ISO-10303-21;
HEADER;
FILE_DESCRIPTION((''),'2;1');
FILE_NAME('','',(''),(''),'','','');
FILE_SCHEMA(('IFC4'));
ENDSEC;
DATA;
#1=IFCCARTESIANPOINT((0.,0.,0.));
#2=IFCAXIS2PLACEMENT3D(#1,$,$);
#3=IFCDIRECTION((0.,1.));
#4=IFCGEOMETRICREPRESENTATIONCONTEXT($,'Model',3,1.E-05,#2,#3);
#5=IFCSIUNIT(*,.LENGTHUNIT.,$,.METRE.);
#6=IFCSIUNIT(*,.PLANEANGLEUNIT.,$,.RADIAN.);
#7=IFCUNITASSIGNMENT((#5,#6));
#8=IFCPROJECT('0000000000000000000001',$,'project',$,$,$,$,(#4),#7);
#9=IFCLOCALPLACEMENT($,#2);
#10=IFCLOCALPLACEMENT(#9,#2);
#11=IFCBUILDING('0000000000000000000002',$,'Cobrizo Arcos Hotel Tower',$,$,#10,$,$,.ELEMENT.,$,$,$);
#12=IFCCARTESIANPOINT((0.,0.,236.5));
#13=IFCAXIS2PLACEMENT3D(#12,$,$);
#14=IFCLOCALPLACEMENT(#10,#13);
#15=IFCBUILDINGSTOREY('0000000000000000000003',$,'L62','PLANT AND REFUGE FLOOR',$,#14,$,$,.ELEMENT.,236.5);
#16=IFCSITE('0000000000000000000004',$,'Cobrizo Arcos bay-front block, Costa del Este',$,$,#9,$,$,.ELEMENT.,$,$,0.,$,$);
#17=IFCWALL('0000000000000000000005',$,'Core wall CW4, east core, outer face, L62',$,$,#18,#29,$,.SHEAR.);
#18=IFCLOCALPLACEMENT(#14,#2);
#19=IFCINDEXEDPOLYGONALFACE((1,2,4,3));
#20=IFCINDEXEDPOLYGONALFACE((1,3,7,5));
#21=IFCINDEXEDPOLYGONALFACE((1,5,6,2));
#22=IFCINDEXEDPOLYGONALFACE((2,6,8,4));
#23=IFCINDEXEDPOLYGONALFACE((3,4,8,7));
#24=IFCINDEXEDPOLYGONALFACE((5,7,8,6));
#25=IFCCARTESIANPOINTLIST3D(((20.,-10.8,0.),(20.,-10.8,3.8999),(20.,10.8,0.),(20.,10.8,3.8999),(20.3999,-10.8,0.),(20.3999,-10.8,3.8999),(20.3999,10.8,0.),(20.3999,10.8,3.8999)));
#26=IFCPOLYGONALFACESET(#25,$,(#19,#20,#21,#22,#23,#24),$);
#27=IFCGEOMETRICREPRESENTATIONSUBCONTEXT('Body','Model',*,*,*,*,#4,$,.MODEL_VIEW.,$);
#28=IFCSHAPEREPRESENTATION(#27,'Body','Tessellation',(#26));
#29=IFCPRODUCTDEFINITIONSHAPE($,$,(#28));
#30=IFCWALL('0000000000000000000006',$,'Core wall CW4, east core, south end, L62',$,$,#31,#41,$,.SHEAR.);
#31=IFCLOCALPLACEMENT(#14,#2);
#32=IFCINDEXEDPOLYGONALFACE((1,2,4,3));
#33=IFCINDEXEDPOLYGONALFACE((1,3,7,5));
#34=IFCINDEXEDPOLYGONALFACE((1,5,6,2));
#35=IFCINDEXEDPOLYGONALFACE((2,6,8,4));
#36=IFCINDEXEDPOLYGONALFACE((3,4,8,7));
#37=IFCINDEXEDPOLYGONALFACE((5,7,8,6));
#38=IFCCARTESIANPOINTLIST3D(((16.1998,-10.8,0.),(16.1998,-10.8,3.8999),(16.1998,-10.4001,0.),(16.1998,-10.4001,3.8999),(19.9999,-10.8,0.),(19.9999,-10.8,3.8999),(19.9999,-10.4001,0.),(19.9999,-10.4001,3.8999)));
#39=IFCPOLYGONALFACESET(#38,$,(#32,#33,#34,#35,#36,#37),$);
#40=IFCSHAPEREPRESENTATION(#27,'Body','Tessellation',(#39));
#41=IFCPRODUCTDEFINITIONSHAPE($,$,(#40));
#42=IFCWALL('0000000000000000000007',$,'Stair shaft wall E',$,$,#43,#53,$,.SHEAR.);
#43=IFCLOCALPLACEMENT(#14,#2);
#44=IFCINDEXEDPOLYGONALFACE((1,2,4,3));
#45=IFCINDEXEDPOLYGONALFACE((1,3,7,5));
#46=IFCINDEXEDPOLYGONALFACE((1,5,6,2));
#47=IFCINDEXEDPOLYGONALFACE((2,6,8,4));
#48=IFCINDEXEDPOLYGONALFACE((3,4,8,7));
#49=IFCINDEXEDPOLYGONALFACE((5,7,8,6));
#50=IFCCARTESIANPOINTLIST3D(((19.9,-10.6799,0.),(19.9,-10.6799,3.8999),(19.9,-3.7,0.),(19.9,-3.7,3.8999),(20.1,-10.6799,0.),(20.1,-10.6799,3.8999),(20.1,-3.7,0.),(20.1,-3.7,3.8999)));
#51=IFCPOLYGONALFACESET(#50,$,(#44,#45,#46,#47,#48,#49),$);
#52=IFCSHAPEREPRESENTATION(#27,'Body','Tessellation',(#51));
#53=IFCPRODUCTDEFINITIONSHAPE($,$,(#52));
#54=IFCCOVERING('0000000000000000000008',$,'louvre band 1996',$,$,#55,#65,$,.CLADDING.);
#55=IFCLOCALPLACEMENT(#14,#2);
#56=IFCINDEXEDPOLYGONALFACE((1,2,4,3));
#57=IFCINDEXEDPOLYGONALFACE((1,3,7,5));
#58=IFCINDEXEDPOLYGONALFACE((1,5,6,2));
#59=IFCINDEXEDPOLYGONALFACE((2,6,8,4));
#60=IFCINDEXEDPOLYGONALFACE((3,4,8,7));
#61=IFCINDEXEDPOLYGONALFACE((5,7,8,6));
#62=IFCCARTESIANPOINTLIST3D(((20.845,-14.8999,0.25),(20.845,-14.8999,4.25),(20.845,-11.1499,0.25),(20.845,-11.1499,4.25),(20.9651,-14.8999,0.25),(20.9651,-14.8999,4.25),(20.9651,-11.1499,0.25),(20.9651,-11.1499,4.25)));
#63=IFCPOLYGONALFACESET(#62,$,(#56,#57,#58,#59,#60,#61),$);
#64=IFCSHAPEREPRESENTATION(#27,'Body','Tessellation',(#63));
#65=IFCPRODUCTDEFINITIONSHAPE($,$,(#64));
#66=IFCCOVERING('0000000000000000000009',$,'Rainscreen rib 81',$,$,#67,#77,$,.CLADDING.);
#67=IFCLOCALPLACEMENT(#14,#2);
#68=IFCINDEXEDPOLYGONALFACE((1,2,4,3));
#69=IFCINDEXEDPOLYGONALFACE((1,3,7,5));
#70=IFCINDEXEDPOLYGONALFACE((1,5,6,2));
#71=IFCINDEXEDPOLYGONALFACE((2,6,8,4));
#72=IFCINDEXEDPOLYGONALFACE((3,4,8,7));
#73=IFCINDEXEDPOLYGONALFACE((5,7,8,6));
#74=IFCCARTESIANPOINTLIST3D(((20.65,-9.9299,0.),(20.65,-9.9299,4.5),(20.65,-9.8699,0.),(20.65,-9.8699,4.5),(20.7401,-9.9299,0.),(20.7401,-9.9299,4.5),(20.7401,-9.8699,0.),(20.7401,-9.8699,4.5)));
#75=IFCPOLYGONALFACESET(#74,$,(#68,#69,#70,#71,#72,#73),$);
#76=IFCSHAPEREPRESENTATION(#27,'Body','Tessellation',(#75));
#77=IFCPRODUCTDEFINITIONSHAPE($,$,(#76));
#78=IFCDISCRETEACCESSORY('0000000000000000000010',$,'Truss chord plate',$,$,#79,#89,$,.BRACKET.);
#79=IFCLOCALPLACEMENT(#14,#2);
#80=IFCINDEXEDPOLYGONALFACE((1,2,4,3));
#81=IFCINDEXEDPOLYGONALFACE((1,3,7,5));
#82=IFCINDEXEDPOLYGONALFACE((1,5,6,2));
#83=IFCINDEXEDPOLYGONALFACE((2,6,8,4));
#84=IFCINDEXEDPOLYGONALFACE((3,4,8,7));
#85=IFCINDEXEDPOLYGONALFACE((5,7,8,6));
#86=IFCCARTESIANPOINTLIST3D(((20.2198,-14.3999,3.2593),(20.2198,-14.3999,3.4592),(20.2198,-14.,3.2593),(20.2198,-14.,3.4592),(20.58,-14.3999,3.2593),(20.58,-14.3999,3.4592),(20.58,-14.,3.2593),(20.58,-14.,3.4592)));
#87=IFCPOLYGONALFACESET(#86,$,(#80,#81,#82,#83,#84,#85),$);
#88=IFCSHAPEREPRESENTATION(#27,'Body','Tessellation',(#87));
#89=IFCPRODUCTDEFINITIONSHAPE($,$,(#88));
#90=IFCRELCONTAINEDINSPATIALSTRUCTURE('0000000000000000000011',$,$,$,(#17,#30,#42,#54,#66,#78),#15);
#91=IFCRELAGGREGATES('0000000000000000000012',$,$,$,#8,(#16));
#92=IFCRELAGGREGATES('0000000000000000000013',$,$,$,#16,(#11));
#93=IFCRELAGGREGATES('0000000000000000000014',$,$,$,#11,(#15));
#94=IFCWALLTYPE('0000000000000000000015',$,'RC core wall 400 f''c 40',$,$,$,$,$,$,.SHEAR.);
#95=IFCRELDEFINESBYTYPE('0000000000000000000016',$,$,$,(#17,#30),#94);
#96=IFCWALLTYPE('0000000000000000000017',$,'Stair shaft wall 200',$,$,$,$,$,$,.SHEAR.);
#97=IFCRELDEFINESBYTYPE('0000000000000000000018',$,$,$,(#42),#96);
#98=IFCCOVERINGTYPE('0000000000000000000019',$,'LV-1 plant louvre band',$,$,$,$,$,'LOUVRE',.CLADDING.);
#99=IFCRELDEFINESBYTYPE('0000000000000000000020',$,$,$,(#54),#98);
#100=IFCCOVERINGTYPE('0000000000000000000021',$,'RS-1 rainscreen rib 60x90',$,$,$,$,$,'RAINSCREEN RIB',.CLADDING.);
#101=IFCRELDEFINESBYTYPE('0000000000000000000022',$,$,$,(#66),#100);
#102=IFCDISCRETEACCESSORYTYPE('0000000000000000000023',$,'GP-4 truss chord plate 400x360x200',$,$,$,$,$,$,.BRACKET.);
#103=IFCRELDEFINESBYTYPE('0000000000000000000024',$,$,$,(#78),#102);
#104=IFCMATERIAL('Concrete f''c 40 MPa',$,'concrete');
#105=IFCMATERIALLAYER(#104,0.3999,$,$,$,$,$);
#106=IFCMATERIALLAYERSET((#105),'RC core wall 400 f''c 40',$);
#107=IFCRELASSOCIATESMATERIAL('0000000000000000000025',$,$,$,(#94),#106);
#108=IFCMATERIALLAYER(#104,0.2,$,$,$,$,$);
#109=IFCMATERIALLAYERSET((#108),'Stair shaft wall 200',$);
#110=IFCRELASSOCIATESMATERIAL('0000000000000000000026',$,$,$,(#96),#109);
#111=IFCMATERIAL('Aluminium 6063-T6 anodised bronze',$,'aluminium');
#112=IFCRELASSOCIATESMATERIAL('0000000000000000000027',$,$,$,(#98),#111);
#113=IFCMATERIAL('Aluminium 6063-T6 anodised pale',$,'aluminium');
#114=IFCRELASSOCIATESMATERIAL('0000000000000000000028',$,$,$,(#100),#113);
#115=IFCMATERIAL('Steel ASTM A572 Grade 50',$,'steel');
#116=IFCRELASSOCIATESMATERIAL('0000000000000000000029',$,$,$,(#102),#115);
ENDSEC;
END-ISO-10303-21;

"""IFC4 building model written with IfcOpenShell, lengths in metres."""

from ifc_helpers import new_model, si_unit, direction, frame, frame_2d, origin, origin_2d, place, context, subcontext, project, spatial, rectangle, extrude, material, layer, layer_set, type_object, element, save


model = new_model("IFC4")

# Units and contexts
model_context = context("Model", 3, precision=1e-05, world=origin(), true_north=direction((0.0, 1.0)))
body_context = subcontext(model_context, "Body", "Model", "MODEL_VIEW")
ifc_project = project(units=[si_unit("LENGTHUNIT", "METRE"), si_unit("PLANEANGLEUNIT", "RADIAN")], contexts=[model_context])

# Site, building, storey
site_placement = place(None, origin())
site = spatial("IfcSite", under=ifc_project, at=site_placement, Name="Cobrizo Arcos bay-front block, Costa del Este", CompositionType="ELEMENT", RefElevation=0.0)
building_placement = place(site_placement, origin())
building = spatial("IfcBuilding", under=site, at=building_placement, Name="Cobrizo Arcos Hotel Tower", CompositionType="ELEMENT")
storey_placement = place(building_placement, frame((0.0, 0.0, 236.5)))
storey = spatial("IfcBuildingStorey", under=building, at=storey_placement, Name="L62", Description="PLANT AND REFUGE FLOOR", CompositionType="ELEMENT", Elevation=236.5)

# Shared definitions
ifc_material_1 = material(Name="Aluminium 6063-T6 anodised bronze", Category="aluminium")

# Shared definitions
ifc_material_2 = material(Name="Concrete f'c 40 MPa", Category="concrete")
ifc_layer_1 = layer(ifc_material_2, 0.3999)
ifc_layer_set_1 = layer_set([ifc_layer_1], Name="RC core wall 400 f'c 40")
wall_type_1 = type_object("IfcWallType", Name="RC core wall 400 f'c 40", PredefinedType="SHEAR", material=ifc_layer_set_1)

# Walls
wall_1_placement = place(storey_placement, frame((20.2, -10.8, 0.0), z_axis=(0.0, 0.0, 1.0), x_axis=(0.0, 1.0, 0.0)))
element("IfcWall", 1, at=wall_1_placement, inside=storey, type_object=wall_type_1, Name="Core wall CW4, east core, outer face, L62", PredefinedType="SHEAR", context=body_context, shape_type="SweptSolid", body=[
    extrude(rectangle(XDim=21.6001, YDim=0.3999, at=frame_2d((10.8, 0.0))), origin(), (0.0, 0.0, 1.0), 3.8999),
])
wall_2_placement = place(storey_placement, frame((16.2, -10.6001, 0.0), z_axis=(0.0, 0.0, 1.0), x_axis=(1.0, 0.0, 0.0)))
element("IfcWall", 2, at=wall_2_placement, inside=storey, type_object=wall_type_1, Name="Core wall CW4, east core, south end, L62", PredefinedType="SHEAR", context=body_context, shape_type="SweptSolid", body=[
    extrude(rectangle(XDim=3.8, YDim=0.3999, at=frame_2d((1.8999, 0.0))), origin(), (0.0, 0.0, 1.0), 3.8999),
])
ifc_layer_2 = layer(ifc_material_2, 0.2)
ifc_layer_set_2 = layer_set([ifc_layer_2], Name="Stair shaft wall 200")
wall_type_2 = type_object("IfcWallType", Name="Stair shaft wall 200", PredefinedType="SHEAR", material=ifc_layer_set_2)
wall_3_placement = place(storey_placement, frame((20.0, -10.6799, 0.0), z_axis=(0.0, 0.0, 1.0), x_axis=(0.0, 1.0, 0.0)))
element("IfcWall", 3, at=wall_3_placement, inside=storey, type_object=wall_type_2, Name="Stair shaft wall E", PredefinedType="SHEAR", context=body_context, shape_type="SweptSolid", body=[
    extrude(rectangle(XDim=6.98, YDim=0.2, at=frame_2d((3.49, 0.0))), origin(), (0.0, 0.0, 1.0), 3.8999),
])

# Coverings
covering_type_1 = type_object("IfcCoveringType", Name="LV-1 plant louvre band", ElementType="LOUVRE", PredefinedType="CLADDING", material=ifc_material_1)
covering_1_placement = place(storey_placement, frame((20.905, -13.0249, 0.25), z_axis=(0.0, 0.0, 1.0), x_axis=(0.0, 1.0, 0.0)))
element("IfcCovering", 4, at=covering_1_placement, inside=storey, type_object=covering_type_1, Name="louvre band 1996", PredefinedType="CLADDING", context=body_context, shape_type="SweptSolid", body=[
    extrude(rectangle(XDim=3.75, YDim=0.1201, at=origin_2d()), origin(), (0.0, 0.0, 1.0), 4.0),
])
ifc_material_3 = material(Name="Aluminium 6063-T6 anodised pale", Category="aluminium")
covering_type_2 = type_object("IfcCoveringType", Name="RS-1 rainscreen rib 60x90", ElementType="RAINSCREEN RIB", PredefinedType="CLADDING", material=ifc_material_3)
covering_2_placement = place(storey_placement, frame((20.6951, -9.8999, 0.0), z_axis=(0.0, 0.0, 1.0), x_axis=(0.0, 1.0, 0.0)))
element("IfcCovering", 5, at=covering_2_placement, inside=storey, type_object=covering_type_2, Name="Rainscreen rib 81", PredefinedType="CLADDING", context=body_context, shape_type="SweptSolid", body=[
    extrude(rectangle(XDim=0.0601, YDim=0.0901, at=origin_2d()), origin(), (0.0, 0.0, 1.0), 4.5),
])

# Discrete accessory
ifc_material_4 = material(Name="Steel ASTM A572 Grade 50", Category="steel")
discrete_accessory_type = type_object("IfcDiscreteAccessoryType", Name="GP-4 truss chord plate 400x360x200", PredefinedType="BRACKET", material=ifc_material_4)
discrete_accessory_placement = place(storey_placement, frame((20.3999, -14.2, 3.2593), z_axis=(0.0, 0.0, 1.0), x_axis=(0.0, 1.0, 0.0)))
element("IfcDiscreteAccessory", 6, at=discrete_accessory_placement, inside=storey, type_object=discrete_accessory_type, Name="Truss chord plate", PredefinedType="BRACKET", context=body_context, shape_type="SweptSolid", body=[
    extrude(rectangle(XDim=0.3999, YDim=0.3601, at=origin_2d()), origin(), (0.0, 0.0, 1.0), 0.2),
])

save(model, "model.ifc")
